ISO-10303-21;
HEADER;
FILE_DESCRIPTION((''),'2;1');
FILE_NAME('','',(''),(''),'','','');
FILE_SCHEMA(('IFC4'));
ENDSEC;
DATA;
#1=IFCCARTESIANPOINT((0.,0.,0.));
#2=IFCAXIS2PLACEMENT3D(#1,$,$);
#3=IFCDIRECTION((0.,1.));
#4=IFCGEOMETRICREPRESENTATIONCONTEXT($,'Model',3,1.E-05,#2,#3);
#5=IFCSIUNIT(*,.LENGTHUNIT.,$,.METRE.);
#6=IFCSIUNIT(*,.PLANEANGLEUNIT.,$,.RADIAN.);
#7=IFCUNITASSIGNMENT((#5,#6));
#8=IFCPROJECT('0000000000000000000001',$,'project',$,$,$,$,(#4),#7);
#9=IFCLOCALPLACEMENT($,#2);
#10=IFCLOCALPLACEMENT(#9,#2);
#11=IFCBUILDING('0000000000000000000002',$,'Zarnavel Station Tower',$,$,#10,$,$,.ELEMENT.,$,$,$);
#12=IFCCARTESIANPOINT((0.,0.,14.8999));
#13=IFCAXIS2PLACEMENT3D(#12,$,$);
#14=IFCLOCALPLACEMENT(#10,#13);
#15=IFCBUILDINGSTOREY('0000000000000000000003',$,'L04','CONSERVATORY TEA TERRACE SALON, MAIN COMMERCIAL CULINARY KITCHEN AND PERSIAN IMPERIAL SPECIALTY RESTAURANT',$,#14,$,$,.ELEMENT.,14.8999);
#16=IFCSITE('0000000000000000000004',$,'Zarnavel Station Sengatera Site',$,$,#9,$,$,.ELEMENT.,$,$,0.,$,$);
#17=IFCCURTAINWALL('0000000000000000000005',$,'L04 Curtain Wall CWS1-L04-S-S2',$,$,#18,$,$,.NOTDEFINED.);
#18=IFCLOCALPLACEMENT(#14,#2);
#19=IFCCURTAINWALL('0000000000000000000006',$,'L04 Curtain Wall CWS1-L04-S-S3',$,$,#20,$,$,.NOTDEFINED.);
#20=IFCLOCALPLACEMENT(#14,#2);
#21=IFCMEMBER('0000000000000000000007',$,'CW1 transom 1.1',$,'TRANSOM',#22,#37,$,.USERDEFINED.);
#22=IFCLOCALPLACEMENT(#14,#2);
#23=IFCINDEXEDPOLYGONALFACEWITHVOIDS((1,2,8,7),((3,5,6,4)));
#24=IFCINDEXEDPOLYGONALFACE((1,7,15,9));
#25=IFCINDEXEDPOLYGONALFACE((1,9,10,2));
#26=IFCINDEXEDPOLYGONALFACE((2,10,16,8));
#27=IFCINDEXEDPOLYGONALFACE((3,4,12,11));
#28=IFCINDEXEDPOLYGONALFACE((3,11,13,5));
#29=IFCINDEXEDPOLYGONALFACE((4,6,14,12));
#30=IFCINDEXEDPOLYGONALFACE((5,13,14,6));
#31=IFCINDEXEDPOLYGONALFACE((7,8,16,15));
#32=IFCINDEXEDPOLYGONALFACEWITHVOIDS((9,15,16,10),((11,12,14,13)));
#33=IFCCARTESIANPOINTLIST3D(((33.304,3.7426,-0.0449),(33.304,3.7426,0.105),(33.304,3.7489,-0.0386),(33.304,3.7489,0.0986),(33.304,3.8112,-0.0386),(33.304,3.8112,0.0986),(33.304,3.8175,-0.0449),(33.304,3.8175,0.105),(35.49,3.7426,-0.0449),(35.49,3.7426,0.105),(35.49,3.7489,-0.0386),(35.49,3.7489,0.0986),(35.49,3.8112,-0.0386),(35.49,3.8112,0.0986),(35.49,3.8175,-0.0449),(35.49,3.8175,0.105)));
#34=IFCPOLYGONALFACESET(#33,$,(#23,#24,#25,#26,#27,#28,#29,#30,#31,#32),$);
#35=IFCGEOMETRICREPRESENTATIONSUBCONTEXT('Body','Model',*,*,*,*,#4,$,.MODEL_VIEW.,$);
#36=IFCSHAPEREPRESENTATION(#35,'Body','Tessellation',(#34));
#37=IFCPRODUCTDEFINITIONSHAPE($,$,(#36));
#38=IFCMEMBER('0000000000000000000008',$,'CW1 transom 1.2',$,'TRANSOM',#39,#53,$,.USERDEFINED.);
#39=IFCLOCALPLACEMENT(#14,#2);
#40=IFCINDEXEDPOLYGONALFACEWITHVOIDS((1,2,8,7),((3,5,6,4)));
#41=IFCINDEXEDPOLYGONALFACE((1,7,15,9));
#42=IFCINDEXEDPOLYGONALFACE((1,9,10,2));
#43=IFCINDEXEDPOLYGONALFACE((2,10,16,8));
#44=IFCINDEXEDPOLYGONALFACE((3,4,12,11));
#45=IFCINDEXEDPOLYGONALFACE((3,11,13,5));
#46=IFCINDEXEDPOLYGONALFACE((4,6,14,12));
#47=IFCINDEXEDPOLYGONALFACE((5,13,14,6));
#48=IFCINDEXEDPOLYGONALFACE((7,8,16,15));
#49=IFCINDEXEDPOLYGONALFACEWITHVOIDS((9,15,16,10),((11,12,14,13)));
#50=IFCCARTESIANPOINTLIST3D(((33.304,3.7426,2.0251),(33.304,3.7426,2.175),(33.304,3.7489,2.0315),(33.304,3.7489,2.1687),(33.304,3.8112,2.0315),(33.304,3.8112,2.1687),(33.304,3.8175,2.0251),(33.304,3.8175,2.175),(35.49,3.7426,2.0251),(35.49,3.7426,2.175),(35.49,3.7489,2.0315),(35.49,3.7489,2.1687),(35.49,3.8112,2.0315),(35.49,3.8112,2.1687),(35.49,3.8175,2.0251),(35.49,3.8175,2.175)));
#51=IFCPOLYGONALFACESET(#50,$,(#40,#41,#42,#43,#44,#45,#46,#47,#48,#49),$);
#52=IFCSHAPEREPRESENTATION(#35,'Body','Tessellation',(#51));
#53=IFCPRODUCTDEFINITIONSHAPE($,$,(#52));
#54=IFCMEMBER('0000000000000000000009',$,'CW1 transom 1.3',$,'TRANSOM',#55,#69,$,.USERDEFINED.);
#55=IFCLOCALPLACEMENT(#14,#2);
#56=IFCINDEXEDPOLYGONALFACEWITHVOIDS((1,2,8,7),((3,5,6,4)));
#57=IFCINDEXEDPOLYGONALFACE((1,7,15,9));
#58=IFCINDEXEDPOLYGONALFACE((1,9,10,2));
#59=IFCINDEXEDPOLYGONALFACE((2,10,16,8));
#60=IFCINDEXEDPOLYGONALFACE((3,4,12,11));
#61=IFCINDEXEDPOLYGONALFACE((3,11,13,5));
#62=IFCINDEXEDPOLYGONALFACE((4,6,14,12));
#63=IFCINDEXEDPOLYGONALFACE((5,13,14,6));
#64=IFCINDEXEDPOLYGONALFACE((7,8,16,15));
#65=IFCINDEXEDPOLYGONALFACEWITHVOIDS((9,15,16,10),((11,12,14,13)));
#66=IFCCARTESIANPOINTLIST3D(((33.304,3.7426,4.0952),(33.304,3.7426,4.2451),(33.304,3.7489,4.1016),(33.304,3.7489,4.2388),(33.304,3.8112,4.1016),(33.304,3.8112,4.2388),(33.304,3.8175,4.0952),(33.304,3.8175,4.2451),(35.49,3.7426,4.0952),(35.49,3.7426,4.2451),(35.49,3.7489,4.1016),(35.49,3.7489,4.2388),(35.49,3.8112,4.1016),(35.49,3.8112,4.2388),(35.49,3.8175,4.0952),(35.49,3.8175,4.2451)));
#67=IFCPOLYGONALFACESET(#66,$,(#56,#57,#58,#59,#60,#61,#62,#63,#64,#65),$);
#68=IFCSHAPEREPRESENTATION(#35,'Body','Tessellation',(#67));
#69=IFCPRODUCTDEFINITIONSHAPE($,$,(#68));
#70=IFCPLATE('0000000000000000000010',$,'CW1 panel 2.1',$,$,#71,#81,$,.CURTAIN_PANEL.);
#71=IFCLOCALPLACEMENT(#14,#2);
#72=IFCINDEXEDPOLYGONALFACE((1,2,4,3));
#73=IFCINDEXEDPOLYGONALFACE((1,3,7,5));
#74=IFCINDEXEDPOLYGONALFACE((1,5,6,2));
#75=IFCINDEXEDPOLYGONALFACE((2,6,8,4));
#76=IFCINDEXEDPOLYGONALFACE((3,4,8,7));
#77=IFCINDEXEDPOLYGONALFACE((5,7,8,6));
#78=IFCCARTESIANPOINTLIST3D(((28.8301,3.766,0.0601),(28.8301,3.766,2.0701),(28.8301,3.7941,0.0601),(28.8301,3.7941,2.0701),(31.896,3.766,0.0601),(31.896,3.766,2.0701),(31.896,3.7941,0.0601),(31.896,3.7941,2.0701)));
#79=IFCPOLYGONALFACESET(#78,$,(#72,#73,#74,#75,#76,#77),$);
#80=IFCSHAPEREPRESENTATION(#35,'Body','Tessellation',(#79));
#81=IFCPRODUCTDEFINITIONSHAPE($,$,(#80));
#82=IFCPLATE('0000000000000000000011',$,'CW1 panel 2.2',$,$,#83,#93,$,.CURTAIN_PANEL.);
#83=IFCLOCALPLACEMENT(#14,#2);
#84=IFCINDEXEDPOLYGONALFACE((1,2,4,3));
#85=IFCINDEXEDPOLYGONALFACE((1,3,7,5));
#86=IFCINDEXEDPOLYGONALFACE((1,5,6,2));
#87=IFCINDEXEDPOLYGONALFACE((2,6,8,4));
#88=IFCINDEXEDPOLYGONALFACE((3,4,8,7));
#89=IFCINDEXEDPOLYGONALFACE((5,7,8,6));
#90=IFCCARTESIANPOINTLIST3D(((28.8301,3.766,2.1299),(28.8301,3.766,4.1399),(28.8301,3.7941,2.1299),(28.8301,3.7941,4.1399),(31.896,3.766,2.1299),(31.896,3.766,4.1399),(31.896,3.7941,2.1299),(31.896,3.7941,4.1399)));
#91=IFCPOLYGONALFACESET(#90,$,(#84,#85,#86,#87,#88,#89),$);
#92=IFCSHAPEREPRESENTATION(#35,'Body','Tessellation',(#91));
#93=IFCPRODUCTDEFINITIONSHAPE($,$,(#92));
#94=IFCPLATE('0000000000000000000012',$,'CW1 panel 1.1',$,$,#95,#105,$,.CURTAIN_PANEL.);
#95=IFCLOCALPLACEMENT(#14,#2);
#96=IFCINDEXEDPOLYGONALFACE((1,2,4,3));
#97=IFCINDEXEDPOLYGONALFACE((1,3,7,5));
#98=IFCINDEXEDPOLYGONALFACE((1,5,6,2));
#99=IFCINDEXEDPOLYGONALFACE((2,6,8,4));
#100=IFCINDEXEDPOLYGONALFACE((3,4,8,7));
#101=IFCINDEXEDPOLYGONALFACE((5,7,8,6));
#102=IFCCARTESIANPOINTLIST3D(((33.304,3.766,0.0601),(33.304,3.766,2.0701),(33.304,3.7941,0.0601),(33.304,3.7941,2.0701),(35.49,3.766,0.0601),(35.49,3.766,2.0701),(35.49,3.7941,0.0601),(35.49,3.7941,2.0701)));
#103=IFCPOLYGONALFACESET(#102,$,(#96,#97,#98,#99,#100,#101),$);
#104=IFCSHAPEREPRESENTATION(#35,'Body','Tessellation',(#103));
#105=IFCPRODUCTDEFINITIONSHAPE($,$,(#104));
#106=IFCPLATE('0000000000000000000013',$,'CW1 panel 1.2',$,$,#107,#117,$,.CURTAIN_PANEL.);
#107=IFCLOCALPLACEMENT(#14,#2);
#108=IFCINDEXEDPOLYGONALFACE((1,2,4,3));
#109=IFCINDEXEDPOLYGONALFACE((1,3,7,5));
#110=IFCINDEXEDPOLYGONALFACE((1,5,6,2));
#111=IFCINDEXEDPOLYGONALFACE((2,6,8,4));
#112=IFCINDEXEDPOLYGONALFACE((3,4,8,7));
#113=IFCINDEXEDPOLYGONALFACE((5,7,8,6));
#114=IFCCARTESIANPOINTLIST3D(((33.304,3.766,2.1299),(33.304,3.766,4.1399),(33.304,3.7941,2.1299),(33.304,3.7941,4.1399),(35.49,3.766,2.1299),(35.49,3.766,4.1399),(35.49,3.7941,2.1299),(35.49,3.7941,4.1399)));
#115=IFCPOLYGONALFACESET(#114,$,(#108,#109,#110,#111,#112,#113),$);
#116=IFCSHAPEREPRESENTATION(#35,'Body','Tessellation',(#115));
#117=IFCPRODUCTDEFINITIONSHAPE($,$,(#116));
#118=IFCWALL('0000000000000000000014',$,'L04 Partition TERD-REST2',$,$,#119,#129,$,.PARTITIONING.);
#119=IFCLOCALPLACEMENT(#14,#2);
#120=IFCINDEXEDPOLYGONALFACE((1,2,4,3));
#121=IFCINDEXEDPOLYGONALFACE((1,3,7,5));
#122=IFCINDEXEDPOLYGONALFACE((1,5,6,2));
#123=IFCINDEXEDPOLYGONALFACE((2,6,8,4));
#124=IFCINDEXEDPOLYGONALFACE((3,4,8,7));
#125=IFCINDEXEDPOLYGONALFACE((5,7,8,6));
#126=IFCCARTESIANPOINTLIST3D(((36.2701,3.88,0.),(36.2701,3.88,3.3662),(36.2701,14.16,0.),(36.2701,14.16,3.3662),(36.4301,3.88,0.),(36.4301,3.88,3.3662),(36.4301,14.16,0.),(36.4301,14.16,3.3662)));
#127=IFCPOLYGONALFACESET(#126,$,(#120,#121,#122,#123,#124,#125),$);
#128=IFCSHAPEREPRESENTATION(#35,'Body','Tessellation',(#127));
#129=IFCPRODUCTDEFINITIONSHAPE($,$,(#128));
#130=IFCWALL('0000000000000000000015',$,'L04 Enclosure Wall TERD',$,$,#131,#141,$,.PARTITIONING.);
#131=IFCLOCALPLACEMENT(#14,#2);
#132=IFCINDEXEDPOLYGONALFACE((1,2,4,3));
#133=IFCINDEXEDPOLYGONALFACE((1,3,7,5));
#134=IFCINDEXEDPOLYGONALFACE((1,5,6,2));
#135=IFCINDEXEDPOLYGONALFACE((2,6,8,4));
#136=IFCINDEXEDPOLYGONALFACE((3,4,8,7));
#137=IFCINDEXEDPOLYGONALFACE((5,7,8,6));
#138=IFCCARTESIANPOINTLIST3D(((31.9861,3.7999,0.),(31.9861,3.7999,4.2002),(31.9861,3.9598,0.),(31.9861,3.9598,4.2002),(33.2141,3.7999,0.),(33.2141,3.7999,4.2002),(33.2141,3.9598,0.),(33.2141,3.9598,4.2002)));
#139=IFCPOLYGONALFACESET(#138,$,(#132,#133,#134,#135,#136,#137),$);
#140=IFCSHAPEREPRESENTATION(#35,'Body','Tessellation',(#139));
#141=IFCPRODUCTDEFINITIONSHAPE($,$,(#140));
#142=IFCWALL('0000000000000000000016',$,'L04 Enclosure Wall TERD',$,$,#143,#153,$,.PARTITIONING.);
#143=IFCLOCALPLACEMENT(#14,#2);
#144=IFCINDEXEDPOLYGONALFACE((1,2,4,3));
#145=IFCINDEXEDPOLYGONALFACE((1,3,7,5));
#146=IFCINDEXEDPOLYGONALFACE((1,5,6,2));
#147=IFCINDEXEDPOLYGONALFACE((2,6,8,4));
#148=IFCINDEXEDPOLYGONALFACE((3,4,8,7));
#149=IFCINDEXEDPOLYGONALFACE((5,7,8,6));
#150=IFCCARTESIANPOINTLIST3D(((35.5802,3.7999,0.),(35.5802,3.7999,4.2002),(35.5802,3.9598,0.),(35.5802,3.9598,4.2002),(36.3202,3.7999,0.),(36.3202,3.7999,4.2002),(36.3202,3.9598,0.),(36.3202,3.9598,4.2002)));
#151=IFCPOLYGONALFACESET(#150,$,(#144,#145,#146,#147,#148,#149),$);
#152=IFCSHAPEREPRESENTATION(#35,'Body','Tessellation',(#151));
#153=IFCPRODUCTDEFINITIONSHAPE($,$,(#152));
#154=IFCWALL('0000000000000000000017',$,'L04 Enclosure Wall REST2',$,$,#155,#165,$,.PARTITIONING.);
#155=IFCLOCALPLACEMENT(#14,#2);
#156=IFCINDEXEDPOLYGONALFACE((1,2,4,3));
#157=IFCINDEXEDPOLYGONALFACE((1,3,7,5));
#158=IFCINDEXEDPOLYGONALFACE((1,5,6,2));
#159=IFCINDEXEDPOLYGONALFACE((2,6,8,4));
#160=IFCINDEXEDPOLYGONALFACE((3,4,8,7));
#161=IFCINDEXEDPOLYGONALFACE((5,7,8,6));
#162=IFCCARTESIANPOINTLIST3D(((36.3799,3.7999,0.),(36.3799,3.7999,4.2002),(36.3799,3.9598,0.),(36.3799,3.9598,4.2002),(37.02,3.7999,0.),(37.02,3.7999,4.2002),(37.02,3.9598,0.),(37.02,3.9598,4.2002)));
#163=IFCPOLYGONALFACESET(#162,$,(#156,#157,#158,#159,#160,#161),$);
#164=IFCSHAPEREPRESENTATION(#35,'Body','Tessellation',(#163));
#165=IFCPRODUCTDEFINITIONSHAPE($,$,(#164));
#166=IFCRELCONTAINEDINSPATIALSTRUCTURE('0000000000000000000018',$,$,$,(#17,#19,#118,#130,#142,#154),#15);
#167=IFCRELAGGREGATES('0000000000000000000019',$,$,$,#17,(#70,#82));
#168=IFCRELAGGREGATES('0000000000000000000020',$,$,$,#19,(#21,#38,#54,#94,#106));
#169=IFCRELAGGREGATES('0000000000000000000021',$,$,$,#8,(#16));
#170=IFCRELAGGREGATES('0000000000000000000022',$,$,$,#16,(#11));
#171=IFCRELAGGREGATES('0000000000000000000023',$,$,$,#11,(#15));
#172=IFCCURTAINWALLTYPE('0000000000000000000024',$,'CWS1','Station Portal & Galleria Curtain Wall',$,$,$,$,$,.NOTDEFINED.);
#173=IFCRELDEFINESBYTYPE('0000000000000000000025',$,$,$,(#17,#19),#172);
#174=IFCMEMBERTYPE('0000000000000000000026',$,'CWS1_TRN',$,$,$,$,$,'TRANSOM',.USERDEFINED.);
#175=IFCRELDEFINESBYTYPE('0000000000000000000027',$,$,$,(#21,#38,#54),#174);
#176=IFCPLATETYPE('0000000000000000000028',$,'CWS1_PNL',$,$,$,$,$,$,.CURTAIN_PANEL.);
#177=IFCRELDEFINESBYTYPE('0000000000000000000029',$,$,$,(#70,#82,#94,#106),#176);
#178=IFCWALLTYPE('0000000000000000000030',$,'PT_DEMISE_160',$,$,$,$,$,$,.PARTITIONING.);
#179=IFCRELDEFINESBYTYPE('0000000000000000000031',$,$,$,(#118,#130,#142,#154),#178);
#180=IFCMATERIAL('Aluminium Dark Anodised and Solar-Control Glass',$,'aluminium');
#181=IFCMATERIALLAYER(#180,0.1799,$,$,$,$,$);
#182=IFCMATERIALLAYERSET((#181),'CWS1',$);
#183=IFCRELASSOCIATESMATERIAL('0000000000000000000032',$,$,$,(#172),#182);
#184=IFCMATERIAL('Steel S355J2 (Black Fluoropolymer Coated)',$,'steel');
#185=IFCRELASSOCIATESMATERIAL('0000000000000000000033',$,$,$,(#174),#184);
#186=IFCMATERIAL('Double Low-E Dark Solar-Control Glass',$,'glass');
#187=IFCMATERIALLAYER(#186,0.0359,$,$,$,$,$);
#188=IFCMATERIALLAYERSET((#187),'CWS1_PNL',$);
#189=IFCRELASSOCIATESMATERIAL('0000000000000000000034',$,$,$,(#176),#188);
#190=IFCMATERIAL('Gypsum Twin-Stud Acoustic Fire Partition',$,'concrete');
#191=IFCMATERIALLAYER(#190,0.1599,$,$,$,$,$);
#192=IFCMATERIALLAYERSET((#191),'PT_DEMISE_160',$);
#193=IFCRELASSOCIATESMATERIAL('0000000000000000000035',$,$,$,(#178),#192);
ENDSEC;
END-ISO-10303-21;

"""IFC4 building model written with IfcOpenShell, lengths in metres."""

from ifc_helpers import new_model, si_unit, direction, frame, frame_2d, origin, origin_2d, place, context, subcontext, project, spatial, rectangle, hollow_rectangle, extrude, material, layer, layer_set, material_profile, profile_set, type_object, element, aggregate, save


model = new_model("IFC4")

# Units and contexts
model_context = context("Model", 3, precision=1e-05, world=origin(), true_north=direction((0.0, 1.0)))
body_context = subcontext(model_context, "Body", "Model", "MODEL_VIEW")
ifc_project = project(units=[si_unit("LENGTHUNIT", "METRE"), si_unit("PLANEANGLEUNIT", "RADIAN")], contexts=[model_context])

# Site, building, storey
site_placement = place(None, origin())
site = spatial("IfcSite", under=ifc_project, at=site_placement, Name="Zarnavel Station Sengatera Site", CompositionType="ELEMENT", RefElevation=0.0)
building_placement = place(site_placement, origin())
building = spatial("IfcBuilding", under=site, at=building_placement, Name="Zarnavel Station Tower", CompositionType="ELEMENT")
storey_placement = place(building_placement, frame((0.0, 0.0, 14.8999)))
storey = spatial("IfcBuildingStorey", under=building, at=storey_placement, Name="L04", Description="CONSERVATORY TEA TERRACE SALON, MAIN COMMERCIAL CULINARY KITCHEN AND PERSIAN IMPERIAL SPECIALTY RESTAURANT", CompositionType="ELEMENT", Elevation=14.8999)

# Curtain walls
ifc_material_1 = material(Name="Aluminium Dark Anodised and Solar-Control Glass", Category="aluminium")
ifc_layer_1 = layer(ifc_material_1, 0.1799)
ifc_layer_set_1 = layer_set([ifc_layer_1], Name="CWS1")
curtain_wall_type = type_object("IfcCurtainWallType", Name="CWS1", Description="Station Portal & Galleria Curtain Wall", PredefinedType="NOTDEFINED", material=ifc_layer_set_1)
curtain_wall_1_placement = place(storey_placement, origin())
curtain_wall_1 = element("IfcCurtainWall", 1, at=curtain_wall_1_placement, inside=storey, type_object=curtain_wall_type, Name="L04 Curtain Wall CWS1-L04-S-S2", PredefinedType="NOTDEFINED")
curtain_wall_2_placement = place(storey_placement, origin())
curtain_wall_2 = element("IfcCurtainWall", 2, at=curtain_wall_2_placement, inside=storey, type_object=curtain_wall_type, Name="L04 Curtain Wall CWS1-L04-S-S3", PredefinedType="NOTDEFINED")

# Members
ifc_material_2 = material(Name="Steel S355J2 (Black Fluoropolymer Coated)", Category="steel")
ifc_material_profile_1 = material_profile(ifc_material_2, hollow_rectangle(XDim=0.075, YDim=0.1499, WallThickness=0.0063, at=origin_2d()), Name="RHS150x75x6.3")
ifc_profile_set_1 = profile_set([ifc_material_profile_1], Name="Steel S355J2 (Black Fluoropolymer Coated)")
member_type_1 = type_object("IfcMemberType", Name="CWS1_TRN", ElementType="TRANSOM", PredefinedType="USERDEFINED", material=ifc_profile_set_1)
member_1_placement = place(storey_placement, frame((33.304, 3.78, 0.03), z_axis=(1.0, 0.0, 0.0), x_axis=(0.0, 1.0, 0.0)))
member_1 = element("IfcMember", 3, at=member_1_placement, type_object=member_type_1, Name="CW1 transom 1.1", ObjectType="TRANSOM", PredefinedType="USERDEFINED", context=body_context, shape_type="SweptSolid", body=[
    extrude(hollow_rectangle(XDim=0.075, YDim=0.1499, WallThickness=0.0063, at=origin_2d()), origin(), (0.0, 0.0, 1.0), 2.186),
])
member_2_placement = place(storey_placement, frame((33.304, 3.78, 2.1001), z_axis=(1.0, 0.0, 0.0), x_axis=(0.0, 1.0, 0.0)))
member_2 = element("IfcMember", 4, at=member_2_placement, type_object=member_type_1, Name="CW1 transom 1.2", ObjectType="TRANSOM", PredefinedType="USERDEFINED", context=body_context, shape_type="SweptSolid", body=[
    extrude(hollow_rectangle(XDim=0.075, YDim=0.1499, WallThickness=0.0063, at=origin_2d()), origin(), (0.0, 0.0, 1.0), 2.186),
])
member_3_placement = place(storey_placement, frame((33.304, 3.78, 4.1702), z_axis=(1.0, 0.0, 0.0), x_axis=(0.0, 1.0, 0.0)))
member_3 = element("IfcMember", 5, at=member_3_placement, type_object=member_type_1, Name="CW1 transom 1.3", ObjectType="TRANSOM", PredefinedType="USERDEFINED", context=body_context, shape_type="SweptSolid", body=[
    extrude(hollow_rectangle(XDim=0.075, YDim=0.1499, WallThickness=0.0063, at=origin_2d()), origin(), (0.0, 0.0, 1.0), 2.186),
])

# Plates
ifc_material_3 = material(Name="Double Low-E Dark Solar-Control Glass", Category="glass")
ifc_layer_2 = layer(ifc_material_3, 0.0359)
ifc_layer_set_2 = layer_set([ifc_layer_2], Name="CWS1_PNL")
plate_type = type_object("IfcPlateType", Name="CWS1_PNL", PredefinedType="CURTAIN_PANEL", material=ifc_layer_set_2)
plate_1_placement = place(storey_placement, frame((30.363, 3.78, 0.0601), z_axis=(0.0, 0.0, 1.0), x_axis=(1.0, 0.0, 0.0)))
plate_1 = element("IfcPlate", 6, at=plate_1_placement, type_object=plate_type, Name="CW1 panel 2.1", PredefinedType="CURTAIN_PANEL", context=body_context, shape_type="SweptSolid", body=[
    extrude(rectangle(XDim=3.0659, YDim=0.0281, at=origin_2d()), origin(), (0.0, 0.0, 1.0), 2.01),
])
plate_2_placement = place(storey_placement, frame((30.363, 3.78, 2.1299), z_axis=(0.0, 0.0, 1.0), x_axis=(1.0, 0.0, 0.0)))
plate_2 = element("IfcPlate", 7, at=plate_2_placement, type_object=plate_type, Name="CW1 panel 2.2", PredefinedType="CURTAIN_PANEL", context=body_context, shape_type="SweptSolid", body=[
    extrude(rectangle(XDim=3.0659, YDim=0.0281, at=origin_2d()), origin(), (0.0, 0.0, 1.0), 2.01),
])
aggregate(curtain_wall_1, [plate_1, plate_2])
plate_3_placement = place(storey_placement, frame((34.397, 3.78, 0.0601), z_axis=(0.0, 0.0, 1.0), x_axis=(1.0, 0.0, 0.0)))
plate_3 = element("IfcPlate", 8, at=plate_3_placement, type_object=plate_type, Name="CW1 panel 1.1", PredefinedType="CURTAIN_PANEL", context=body_context, shape_type="SweptSolid", body=[
    extrude(rectangle(XDim=2.186, YDim=0.0281, at=origin_2d()), origin(), (0.0, 0.0, 1.0), 2.01),
])
plate_4_placement = place(storey_placement, frame((34.397, 3.78, 2.1299), z_axis=(0.0, 0.0, 1.0), x_axis=(1.0, 0.0, 0.0)))
plate_4 = element("IfcPlate", 9, at=plate_4_placement, type_object=plate_type, Name="CW1 panel 1.2", PredefinedType="CURTAIN_PANEL", context=body_context, shape_type="SweptSolid", body=[
    extrude(rectangle(XDim=2.186, YDim=0.0281, at=origin_2d()), origin(), (0.0, 0.0, 1.0), 2.01),
])
aggregate(curtain_wall_2, [member_1, member_2, member_3, plate_3, plate_4])

# Walls
ifc_material_4 = material(Name="Gypsum Twin-Stud Acoustic Fire Partition", Category="concrete")
ifc_layer_3 = layer(ifc_material_4, 0.1599)
ifc_layer_set_3 = layer_set([ifc_layer_3], Name="PT_DEMISE_160")
wall_type = type_object("IfcWallType", Name="PT_DEMISE_160", PredefinedType="PARTITIONING", material=ifc_layer_set_3)
wall_1_placement = place(storey_placement, frame((36.3501, 3.8799, 0.0), z_axis=(0.0, 0.0, 1.0), x_axis=(0.0, 1.0, 0.0)))
element("IfcWall", 10, at=wall_1_placement, inside=storey, type_object=wall_type, Name="L04 Partition TERD-REST2", PredefinedType="PARTITIONING", context=body_context, shape_type="SweptSolid", body=[
    extrude(rectangle(XDim=10.28, YDim=0.1599, at=frame_2d((5.1401, 0.0))), origin(), (0.0, 0.0, 1.0), 3.3662),
])
wall_2_placement = place(storey_placement, frame((31.9861, 3.8799, 0.0), z_axis=(0.0, 0.0, 1.0), x_axis=(1.0, 0.0, 0.0)))
element("IfcWall", 11, at=wall_2_placement, inside=storey, type_object=wall_type, Name="L04 Enclosure Wall TERD", PredefinedType="PARTITIONING", context=body_context, shape_type="SweptSolid", body=[
    extrude(rectangle(XDim=1.228, YDim=0.1599, at=frame_2d((0.614, 0.0))), origin(), (0.0, 0.0, 1.0), 4.2002),
])
wall_3_placement = place(storey_placement, frame((35.5801, 3.8799, 0.0), z_axis=(0.0, 0.0, 1.0), x_axis=(1.0, 0.0, 0.0)))
element("IfcWall", 12, at=wall_3_placement, inside=storey, type_object=wall_type, Name="L04 Enclosure Wall TERD", PredefinedType="PARTITIONING", context=body_context, shape_type="SweptSolid", body=[
    extrude(rectangle(XDim=0.74, YDim=0.1599, at=frame_2d((0.3701, 0.0))), origin(), (0.0, 0.0, 1.0), 4.2002),
])
wall_4_placement = place(storey_placement, frame((36.3799, 3.8799, 0.0), z_axis=(0.0, 0.0, 1.0), x_axis=(1.0, 0.0, 0.0)))
element("IfcWall", 13, at=wall_4_placement, inside=storey, type_object=wall_type, Name="L04 Enclosure Wall REST2", PredefinedType="PARTITIONING", context=body_context, shape_type="SweptSolid", body=[
    extrude(rectangle(XDim=0.6401, YDim=0.1599, at=frame_2d((0.3201, 0.0))), origin(), (0.0, 0.0, 1.0), 4.2002),
])

save(model, "model.ifc")
